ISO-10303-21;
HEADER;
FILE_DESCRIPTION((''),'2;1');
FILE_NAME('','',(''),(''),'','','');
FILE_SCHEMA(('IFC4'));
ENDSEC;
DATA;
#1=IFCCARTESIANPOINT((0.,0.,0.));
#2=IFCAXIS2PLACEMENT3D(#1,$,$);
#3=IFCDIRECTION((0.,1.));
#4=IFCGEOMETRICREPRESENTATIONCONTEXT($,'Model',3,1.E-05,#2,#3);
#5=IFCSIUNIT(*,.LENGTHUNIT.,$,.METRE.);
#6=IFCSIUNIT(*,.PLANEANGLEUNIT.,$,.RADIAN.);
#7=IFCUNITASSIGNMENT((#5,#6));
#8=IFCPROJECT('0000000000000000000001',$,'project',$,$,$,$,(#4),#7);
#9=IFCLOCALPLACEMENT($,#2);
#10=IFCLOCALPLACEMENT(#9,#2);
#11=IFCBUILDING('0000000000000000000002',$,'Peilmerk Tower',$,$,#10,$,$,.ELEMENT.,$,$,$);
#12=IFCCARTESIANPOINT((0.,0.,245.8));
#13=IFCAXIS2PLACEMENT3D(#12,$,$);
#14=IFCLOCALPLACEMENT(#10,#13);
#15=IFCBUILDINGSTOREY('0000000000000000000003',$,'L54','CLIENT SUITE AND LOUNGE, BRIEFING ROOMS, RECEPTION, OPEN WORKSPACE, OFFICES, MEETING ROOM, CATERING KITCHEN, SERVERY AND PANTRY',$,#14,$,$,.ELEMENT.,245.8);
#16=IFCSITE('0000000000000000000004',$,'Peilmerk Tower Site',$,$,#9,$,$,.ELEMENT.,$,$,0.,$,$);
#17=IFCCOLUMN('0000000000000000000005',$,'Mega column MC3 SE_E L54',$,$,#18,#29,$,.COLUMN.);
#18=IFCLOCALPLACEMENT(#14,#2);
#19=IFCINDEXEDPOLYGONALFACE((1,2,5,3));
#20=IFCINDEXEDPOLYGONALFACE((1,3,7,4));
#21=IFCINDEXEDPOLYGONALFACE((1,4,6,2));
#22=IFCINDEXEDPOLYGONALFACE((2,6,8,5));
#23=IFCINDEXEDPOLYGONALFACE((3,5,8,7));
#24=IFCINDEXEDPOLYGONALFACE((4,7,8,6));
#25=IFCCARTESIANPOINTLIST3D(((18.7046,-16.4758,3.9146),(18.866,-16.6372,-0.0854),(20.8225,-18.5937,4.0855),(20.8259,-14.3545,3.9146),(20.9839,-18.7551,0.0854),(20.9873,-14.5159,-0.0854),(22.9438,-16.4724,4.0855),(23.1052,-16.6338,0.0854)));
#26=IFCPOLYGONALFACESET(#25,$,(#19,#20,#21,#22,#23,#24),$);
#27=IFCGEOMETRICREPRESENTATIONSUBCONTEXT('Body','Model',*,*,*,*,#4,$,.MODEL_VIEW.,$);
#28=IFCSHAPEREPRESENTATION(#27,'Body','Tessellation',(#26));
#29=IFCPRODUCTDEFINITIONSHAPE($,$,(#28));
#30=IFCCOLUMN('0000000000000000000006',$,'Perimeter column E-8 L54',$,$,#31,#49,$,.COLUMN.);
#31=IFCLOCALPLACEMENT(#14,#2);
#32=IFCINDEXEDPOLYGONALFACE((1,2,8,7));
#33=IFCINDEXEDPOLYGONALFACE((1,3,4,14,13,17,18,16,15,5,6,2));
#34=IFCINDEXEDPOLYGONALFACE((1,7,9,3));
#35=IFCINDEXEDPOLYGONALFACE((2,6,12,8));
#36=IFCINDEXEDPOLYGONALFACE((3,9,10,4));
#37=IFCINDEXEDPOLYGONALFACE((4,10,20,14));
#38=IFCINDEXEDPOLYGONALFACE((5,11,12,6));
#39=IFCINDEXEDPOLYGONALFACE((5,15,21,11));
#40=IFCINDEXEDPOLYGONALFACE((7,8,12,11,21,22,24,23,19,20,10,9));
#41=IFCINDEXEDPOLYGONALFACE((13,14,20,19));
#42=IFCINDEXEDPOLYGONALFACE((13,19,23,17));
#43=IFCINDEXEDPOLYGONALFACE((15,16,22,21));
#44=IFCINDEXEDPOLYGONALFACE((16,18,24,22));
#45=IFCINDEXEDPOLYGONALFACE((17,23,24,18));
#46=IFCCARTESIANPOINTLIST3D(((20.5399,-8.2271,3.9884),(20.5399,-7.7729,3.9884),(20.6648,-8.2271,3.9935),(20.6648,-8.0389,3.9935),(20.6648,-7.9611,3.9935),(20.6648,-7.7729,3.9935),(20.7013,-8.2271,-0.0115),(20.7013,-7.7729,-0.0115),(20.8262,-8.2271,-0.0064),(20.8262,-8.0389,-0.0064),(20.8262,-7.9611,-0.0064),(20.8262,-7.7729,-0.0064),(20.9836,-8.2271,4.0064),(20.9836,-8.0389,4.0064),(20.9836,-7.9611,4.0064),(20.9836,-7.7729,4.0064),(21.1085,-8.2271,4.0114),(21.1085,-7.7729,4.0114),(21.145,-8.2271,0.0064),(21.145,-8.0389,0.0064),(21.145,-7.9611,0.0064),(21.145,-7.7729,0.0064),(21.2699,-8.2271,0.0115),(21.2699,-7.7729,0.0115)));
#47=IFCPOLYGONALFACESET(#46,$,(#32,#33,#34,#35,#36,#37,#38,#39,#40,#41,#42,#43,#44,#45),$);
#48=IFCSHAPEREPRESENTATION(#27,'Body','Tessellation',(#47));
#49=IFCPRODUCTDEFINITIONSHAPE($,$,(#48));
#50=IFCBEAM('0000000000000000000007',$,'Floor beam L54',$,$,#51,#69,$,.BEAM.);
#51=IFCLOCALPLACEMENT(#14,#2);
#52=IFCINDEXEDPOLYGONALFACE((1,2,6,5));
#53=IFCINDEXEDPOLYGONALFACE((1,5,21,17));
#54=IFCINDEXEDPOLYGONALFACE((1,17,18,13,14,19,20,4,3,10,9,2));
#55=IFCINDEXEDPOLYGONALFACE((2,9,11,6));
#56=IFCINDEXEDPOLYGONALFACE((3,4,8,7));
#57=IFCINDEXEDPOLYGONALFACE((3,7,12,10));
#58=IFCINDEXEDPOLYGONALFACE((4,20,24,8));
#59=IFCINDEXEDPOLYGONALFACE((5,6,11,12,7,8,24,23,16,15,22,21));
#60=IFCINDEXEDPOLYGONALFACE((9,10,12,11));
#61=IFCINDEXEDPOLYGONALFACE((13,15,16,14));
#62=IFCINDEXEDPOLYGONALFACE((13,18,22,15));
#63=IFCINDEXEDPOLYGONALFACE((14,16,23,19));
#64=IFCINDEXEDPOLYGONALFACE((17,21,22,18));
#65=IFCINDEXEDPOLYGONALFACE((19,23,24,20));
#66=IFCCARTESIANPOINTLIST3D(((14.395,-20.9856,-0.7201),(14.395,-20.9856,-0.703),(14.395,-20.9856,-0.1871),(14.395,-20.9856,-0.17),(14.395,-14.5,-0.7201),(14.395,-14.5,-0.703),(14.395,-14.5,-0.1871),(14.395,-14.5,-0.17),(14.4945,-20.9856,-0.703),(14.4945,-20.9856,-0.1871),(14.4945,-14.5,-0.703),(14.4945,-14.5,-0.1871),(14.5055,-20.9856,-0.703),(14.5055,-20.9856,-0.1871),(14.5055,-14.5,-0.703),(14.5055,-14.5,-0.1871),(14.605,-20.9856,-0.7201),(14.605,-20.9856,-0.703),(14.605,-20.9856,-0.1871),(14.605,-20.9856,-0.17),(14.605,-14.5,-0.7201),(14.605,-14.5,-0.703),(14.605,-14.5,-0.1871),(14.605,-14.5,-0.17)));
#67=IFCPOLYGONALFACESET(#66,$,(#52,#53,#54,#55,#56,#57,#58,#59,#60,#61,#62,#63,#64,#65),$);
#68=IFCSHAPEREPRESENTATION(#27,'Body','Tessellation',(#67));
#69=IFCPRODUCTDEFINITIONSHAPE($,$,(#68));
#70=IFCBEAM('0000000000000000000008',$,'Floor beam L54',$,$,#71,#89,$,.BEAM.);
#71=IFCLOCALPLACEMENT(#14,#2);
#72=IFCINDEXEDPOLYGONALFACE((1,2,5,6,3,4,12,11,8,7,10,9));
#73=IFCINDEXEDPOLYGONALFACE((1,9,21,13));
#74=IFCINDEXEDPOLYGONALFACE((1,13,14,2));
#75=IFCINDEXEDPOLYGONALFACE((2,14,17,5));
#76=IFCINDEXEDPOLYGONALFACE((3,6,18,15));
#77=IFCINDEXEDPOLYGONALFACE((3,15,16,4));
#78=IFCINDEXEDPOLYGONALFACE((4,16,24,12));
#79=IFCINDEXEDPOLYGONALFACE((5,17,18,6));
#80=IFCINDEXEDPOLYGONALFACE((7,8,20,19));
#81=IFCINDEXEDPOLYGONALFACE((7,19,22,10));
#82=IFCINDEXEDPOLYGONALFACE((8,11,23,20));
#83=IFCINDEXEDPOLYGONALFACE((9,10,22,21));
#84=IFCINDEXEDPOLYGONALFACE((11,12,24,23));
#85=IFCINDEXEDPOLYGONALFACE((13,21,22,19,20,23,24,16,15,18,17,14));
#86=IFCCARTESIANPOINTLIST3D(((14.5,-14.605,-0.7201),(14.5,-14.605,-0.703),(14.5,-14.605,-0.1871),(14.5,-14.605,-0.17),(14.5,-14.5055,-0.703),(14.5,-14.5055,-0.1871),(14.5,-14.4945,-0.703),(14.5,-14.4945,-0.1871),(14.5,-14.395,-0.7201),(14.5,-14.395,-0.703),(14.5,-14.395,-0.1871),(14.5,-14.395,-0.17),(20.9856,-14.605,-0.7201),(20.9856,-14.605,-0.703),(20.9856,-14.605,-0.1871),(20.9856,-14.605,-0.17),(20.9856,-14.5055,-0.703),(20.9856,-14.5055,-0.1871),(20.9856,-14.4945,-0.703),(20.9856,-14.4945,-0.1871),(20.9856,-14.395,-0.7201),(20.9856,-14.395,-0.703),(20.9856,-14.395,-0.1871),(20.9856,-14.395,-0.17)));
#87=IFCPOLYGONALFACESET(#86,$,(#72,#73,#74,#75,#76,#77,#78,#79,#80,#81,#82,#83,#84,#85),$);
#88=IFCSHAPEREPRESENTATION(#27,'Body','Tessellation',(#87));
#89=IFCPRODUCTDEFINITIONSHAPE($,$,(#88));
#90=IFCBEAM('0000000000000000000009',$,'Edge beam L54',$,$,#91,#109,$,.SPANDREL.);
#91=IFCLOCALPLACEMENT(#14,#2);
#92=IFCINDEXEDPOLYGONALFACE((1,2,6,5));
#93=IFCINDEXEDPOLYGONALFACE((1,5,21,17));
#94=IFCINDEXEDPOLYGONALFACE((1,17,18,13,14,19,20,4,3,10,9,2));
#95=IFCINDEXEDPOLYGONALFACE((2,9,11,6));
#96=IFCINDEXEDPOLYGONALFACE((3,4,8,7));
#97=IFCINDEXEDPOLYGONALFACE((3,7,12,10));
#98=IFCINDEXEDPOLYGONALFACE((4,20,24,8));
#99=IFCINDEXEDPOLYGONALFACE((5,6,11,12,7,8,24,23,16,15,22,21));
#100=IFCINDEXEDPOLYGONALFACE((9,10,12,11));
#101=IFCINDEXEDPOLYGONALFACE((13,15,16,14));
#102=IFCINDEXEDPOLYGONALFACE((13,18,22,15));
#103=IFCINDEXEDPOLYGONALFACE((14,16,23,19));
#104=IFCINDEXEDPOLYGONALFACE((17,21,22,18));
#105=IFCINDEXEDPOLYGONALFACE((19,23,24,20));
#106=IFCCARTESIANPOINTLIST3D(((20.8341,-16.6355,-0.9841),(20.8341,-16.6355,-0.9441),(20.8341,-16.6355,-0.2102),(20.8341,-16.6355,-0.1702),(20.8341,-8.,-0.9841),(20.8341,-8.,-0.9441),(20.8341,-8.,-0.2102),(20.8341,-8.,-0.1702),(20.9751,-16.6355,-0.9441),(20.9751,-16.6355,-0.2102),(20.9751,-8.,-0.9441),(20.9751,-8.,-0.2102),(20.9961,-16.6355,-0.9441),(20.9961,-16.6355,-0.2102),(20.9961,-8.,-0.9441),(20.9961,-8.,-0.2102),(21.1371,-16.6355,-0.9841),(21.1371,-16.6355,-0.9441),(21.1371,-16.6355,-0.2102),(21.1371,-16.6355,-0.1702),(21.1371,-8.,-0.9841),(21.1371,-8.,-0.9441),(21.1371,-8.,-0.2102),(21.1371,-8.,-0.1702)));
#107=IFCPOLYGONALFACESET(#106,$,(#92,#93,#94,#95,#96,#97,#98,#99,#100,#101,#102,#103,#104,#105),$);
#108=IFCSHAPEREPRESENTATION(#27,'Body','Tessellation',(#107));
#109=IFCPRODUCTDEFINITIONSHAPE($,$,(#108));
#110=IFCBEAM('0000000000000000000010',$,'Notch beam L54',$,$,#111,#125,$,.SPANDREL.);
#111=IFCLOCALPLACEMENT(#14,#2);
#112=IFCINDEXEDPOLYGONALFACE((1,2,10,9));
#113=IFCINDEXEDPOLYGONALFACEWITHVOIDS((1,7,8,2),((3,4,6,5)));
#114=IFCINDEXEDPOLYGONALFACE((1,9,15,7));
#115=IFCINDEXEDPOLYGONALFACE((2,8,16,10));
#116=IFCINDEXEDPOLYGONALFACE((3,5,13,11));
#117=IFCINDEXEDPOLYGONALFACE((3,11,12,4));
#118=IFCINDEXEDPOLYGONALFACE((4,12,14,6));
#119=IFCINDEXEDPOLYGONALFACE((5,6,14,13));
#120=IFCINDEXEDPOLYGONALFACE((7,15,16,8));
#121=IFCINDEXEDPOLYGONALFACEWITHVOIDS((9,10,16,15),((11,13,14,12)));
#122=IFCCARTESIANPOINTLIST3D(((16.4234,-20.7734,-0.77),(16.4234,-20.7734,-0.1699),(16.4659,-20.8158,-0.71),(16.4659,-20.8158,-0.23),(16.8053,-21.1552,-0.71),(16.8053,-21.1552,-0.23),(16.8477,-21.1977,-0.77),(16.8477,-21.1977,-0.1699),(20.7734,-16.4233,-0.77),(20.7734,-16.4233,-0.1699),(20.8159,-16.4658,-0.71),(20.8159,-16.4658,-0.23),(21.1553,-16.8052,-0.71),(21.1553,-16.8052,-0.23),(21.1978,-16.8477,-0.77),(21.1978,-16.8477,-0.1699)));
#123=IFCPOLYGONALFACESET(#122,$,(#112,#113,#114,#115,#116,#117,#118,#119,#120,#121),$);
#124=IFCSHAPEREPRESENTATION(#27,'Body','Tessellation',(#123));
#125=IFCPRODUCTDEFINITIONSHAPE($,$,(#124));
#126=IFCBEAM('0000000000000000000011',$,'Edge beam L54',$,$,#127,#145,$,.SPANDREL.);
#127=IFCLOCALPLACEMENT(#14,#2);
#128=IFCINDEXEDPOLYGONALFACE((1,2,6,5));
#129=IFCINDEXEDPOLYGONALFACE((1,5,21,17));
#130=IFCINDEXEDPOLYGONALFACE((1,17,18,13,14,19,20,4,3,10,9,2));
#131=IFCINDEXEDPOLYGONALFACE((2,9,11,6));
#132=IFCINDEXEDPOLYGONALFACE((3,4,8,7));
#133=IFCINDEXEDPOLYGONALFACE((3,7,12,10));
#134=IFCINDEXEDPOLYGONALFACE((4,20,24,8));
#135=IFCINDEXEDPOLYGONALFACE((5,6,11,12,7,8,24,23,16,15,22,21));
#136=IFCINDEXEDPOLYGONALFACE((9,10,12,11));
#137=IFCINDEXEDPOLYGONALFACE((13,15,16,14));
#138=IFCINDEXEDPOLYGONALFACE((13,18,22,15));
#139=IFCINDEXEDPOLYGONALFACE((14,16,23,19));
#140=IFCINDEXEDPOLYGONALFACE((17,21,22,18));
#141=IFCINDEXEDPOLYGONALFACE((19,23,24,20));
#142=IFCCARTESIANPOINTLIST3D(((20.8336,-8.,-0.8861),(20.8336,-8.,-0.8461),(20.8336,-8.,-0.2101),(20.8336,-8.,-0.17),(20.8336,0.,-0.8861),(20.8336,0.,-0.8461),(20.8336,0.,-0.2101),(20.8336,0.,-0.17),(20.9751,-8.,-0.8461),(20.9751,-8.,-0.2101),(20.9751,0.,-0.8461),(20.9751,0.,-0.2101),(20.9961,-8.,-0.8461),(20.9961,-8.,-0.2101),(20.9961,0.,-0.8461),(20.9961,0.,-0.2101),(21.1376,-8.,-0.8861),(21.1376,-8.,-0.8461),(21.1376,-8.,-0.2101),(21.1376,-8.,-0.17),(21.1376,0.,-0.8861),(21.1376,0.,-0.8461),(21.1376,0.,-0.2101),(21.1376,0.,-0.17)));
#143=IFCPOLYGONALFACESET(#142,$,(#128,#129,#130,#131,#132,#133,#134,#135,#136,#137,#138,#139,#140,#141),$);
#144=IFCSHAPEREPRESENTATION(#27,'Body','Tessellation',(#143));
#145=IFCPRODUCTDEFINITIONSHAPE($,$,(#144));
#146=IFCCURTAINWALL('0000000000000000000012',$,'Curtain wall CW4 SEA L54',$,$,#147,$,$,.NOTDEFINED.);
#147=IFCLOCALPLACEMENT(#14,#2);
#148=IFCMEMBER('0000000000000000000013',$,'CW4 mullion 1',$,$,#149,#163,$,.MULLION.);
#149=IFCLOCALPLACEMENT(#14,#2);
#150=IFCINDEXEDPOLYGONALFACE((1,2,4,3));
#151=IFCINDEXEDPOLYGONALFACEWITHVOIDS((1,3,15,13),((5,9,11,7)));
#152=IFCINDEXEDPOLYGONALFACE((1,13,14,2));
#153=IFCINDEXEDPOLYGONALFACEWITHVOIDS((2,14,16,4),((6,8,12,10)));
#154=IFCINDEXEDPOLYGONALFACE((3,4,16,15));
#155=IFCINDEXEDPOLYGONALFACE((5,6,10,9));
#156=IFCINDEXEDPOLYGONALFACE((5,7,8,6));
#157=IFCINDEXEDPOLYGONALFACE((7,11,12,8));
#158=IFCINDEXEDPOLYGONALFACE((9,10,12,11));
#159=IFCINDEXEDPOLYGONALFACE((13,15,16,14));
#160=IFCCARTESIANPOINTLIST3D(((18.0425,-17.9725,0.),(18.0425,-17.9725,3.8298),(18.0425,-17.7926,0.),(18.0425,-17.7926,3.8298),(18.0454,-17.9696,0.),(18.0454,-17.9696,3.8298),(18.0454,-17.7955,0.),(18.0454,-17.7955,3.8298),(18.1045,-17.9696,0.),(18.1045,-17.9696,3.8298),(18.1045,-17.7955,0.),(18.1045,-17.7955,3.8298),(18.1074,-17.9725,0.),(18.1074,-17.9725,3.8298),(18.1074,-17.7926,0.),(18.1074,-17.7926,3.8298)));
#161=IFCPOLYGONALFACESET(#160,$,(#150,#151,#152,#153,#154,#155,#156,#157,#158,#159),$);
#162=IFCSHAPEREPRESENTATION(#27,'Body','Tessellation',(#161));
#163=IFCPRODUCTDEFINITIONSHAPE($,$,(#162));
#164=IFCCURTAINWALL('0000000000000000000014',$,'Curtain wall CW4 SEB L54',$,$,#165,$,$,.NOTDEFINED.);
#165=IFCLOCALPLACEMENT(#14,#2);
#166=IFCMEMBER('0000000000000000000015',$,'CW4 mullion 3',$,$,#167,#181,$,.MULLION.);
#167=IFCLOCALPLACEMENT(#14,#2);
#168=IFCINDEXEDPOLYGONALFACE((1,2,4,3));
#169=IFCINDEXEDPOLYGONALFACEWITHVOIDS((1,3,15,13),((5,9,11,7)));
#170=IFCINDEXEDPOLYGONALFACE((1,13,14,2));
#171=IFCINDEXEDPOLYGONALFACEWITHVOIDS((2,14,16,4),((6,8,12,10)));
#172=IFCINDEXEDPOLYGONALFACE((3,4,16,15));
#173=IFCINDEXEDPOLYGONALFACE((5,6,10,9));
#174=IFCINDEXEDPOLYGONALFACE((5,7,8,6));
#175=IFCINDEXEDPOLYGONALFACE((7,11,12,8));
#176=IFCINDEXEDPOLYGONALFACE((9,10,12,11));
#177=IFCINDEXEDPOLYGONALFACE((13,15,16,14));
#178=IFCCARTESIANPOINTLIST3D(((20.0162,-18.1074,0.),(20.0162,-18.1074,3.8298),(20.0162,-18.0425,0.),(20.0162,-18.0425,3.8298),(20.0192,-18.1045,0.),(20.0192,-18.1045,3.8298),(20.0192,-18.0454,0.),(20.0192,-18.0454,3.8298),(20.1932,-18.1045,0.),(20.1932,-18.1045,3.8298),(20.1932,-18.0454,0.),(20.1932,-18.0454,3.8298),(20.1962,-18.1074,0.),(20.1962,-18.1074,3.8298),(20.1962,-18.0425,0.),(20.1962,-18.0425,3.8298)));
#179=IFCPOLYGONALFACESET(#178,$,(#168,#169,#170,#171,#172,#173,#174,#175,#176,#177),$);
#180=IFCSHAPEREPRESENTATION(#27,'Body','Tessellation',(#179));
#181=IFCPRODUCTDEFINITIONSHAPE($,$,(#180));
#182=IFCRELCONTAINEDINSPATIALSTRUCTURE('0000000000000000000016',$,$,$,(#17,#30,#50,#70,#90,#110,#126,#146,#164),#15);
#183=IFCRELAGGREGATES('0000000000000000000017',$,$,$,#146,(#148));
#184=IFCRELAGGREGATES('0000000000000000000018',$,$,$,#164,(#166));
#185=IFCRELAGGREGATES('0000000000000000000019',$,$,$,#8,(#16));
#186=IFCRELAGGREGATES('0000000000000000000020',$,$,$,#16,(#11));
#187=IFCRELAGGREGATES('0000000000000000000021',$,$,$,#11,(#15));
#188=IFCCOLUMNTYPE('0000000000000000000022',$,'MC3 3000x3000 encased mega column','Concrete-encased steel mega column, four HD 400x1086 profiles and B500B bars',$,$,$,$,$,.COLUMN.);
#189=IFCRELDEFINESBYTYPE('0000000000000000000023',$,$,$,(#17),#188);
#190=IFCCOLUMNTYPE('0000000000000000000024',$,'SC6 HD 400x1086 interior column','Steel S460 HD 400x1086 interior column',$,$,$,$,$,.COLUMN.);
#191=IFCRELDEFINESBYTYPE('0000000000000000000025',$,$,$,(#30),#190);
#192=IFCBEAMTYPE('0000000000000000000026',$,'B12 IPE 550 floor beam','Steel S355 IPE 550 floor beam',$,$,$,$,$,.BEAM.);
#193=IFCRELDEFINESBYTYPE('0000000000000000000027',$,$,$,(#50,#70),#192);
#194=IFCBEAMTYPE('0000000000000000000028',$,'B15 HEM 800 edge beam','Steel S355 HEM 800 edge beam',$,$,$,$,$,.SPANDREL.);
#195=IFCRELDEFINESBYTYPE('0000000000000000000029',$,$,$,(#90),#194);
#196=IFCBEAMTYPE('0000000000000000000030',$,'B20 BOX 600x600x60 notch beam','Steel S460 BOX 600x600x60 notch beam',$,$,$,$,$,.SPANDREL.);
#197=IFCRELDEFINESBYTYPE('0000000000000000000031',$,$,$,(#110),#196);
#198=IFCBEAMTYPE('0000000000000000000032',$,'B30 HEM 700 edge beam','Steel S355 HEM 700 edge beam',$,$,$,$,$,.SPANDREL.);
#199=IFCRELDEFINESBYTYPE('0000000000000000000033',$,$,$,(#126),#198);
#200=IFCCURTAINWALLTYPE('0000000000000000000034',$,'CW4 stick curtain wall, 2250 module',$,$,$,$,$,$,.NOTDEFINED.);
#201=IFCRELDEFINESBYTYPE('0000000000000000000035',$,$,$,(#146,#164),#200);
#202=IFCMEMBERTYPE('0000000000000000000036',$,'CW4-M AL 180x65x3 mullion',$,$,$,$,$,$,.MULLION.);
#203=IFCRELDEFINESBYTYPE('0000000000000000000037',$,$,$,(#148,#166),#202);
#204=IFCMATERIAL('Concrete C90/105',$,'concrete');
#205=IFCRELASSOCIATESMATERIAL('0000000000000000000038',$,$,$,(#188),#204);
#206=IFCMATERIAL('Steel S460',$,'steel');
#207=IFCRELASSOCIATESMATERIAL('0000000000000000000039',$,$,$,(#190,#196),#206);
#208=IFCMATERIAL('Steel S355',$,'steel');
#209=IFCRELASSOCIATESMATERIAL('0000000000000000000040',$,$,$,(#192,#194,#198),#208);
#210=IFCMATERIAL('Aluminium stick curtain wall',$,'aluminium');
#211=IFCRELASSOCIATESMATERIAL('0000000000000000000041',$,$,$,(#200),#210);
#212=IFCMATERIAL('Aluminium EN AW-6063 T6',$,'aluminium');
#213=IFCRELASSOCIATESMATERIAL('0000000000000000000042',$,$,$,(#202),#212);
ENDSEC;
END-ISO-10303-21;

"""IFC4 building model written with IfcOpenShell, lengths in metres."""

from ifc_helpers import new_model, si_unit, direction, frame, origin, origin_2d, place, context, subcontext, project, spatial, rectangle, hollow_rectangle, i_section, extrude, material, material_profile, profile_set, type_object, element, aggregate, save


model = new_model("IFC4")

# Units and contexts
model_context = context("Model", 3, precision=1e-05, world=origin(), true_north=direction((0.0, 1.0)))
body_context = subcontext(model_context, "Body", "Model", "MODEL_VIEW")
ifc_project = project(units=[si_unit("LENGTHUNIT", "METRE"), si_unit("PLANEANGLEUNIT", "RADIAN")], contexts=[model_context])

# Site, building, storey
site_placement = place(None, origin())
site = spatial("IfcSite", under=ifc_project, at=site_placement, Name="Peilmerk Tower Site", CompositionType="ELEMENT", RefElevation=0.0)
building_placement = place(site_placement, origin())
building = spatial("IfcBuilding", under=site, at=building_placement, Name="Peilmerk Tower", CompositionType="ELEMENT")
storey_placement = place(building_placement, frame((0.0, 0.0, 245.8)))
storey = spatial("IfcBuildingStorey", under=building, at=storey_placement, Name="L54", Description="CLIENT SUITE AND LOUNGE, BRIEFING ROOMS, RECEPTION, OPEN WORKSPACE, OFFICES, MEETING ROOM, CATERING KITCHEN, SERVERY AND PANTRY", CompositionType="ELEMENT", Elevation=245.8)

# Columns
ifc_material_1 = material(Name="Concrete C90/105", Category="concrete")
ifc_material_profile_1 = material_profile(ifc_material_1, rectangle(XDim=3.0, YDim=3.0, at=origin_2d()), Name="RC 3000x3000")
ifc_profile_set_1 = profile_set([ifc_material_profile_1], Name="Concrete C90/105")
column_type_1 = type_object("IfcColumnType", Name="MC3 3000x3000 encased mega column", Description="Concrete-encased steel mega column, four HD 400x1086 profiles and B500B bars", PredefinedType="COLUMN", material=ifc_profile_set_1)
column_1_placement = place(storey_placement, frame((20.9856, -16.6355, 0.0), z_axis=(-0.040279, 0.040279, 0.998376), x_axis=(-0.707107, -0.707107, 0.0)))
element("IfcColumn", 1, at=column_1_placement, inside=storey, type_object=column_type_1, Name="Mega column MC3 SE_E L54", PredefinedType="COLUMN", context=body_context, shape_type="SweptSolid", body=[
    extrude(rectangle(XDim=3.0, YDim=3.0, at=origin_2d()), origin(), (0.0, 0.0, 1.0), 4.0066),
])
ifc_material_2 = material(Name="Steel S460", Category="steel")
ifc_material_profile_2 = material_profile(ifc_material_2, i_section(OverallWidth=0.4541, OverallDepth=0.5691, WebThickness=0.0779, FlangeThickness=0.125, at=origin_2d()), Name="HD 400x1086")
ifc_profile_set_2 = profile_set([ifc_material_profile_2], Name="Steel S460")
column_type_2 = type_object("IfcColumnType", Name="SC6 HD 400x1086 interior column", Description="Steel S460 HD 400x1086 interior column", PredefinedType="COLUMN", material=ifc_profile_set_2)
column_2_placement = place(storey_placement, frame((20.9856, -8.0, 0.0), z_axis=(-0.040311, 0.0, 0.999187), x_axis=(0.0, -1.0, 0.0)))
element("IfcColumn", 2, at=column_2_placement, inside=storey, type_object=column_type_2, Name="Perimeter column E-8 L54", PredefinedType="COLUMN", context=body_context, shape_type="SweptSolid", body=[
    extrude(i_section(OverallWidth=0.4541, OverallDepth=0.5691, WebThickness=0.0779, FlangeThickness=0.125, at=origin_2d()), origin(), (0.0, 0.0, 1.0), 4.0032),
])

# Beams
ifc_material_3 = material(Name="Steel S355", Category="steel")
ifc_material_profile_3 = material_profile(ifc_material_3, i_section(OverallWidth=0.21, OverallDepth=0.55, WebThickness=0.011, FlangeThickness=0.0171, at=origin_2d()), Name="IPE 550")
ifc_profile_set_3 = profile_set([ifc_material_profile_3], Name="Steel S355")
beam_type_1 = type_object("IfcBeamType", Name="B12 IPE 550 floor beam", Description="Steel S355 IPE 550 floor beam", PredefinedType="BEAM", material=ifc_profile_set_3)
for number, where, z_axis, x_axis, name in (
    (3, (14.5, -14.5, -0.4451), (0.0, -1.0, 0.0), (1.0, 0.0, 0.0), "Floor beam L54"),
    (4, (14.5, -14.5, -0.4451), (1.0, 0.0, 0.0), (0.0, 1.0, 0.0), "Floor beam L54"),
):
    element("IfcBeam", number, at=place(storey_placement, frame(where, z_axis=z_axis, x_axis=x_axis)), inside=storey, type_object=beam_type_1, Name=name, PredefinedType="BEAM", context=body_context, shape_type="SweptSolid", body=[
        extrude(i_section(OverallWidth=0.21, OverallDepth=0.55, WebThickness=0.011, FlangeThickness=0.0171, at=origin_2d()), origin(), (0.0, 0.0, 1.0), 6.4856),
    ])
ifc_material_profile_4 = material_profile(ifc_material_3, i_section(OverallWidth=0.303, OverallDepth=0.814, WebThickness=0.021, FlangeThickness=0.04, at=origin_2d()), Name="HEM 800")
ifc_profile_set_4 = profile_set([ifc_material_profile_4], Name="Steel S355")
beam_type_2 = type_object("IfcBeamType", Name="B15 HEM 800 edge beam", Description="Steel S355 HEM 800 edge beam", PredefinedType="SPANDREL", material=ifc_profile_set_4)
beam_1_placement = place(storey_placement, frame((20.9856, -16.6355, -0.5771), z_axis=(0.0, 1.0, 0.0), x_axis=(-1.0, 0.0, 0.0)))
element("IfcBeam", 5, at=beam_1_placement, inside=storey, type_object=beam_type_2, Name="Edge beam L54", PredefinedType="SPANDREL", context=body_context, shape_type="SweptSolid", body=[
    extrude(i_section(OverallWidth=0.303, OverallDepth=0.814, WebThickness=0.021, FlangeThickness=0.04, at=origin_2d()), origin(), (0.0, 0.0, 1.0), 8.6355),
])
ifc_material_profile_5 = material_profile(ifc_material_2, hollow_rectangle(XDim=0.6001, YDim=0.6001, WallThickness=0.0601, at=origin_2d()), Name="BOX 600x600x60")
ifc_profile_set_5 = profile_set([ifc_material_profile_5], Name="Steel S460")
beam_type_3 = type_object("IfcBeamType", Name="B20 BOX 600x600x60 notch beam", Description="Steel S460 BOX 600x600x60 notch beam", PredefinedType="SPANDREL", material=ifc_profile_set_5)
beam_2_placement = place(storey_placement, frame((20.9856, -16.6355, -0.47), z_axis=(-0.707107, -0.707107, 0.0), x_axis=(0.707107, -0.707107, 0.0)))
element("IfcBeam", 6, at=beam_2_placement, inside=storey, type_object=beam_type_3, Name="Notch beam L54", PredefinedType="SPANDREL", context=body_context, shape_type="SweptSolid", body=[
    extrude(hollow_rectangle(XDim=0.6001, YDim=0.6001, WallThickness=0.0601, at=origin_2d()), origin(), (0.0, 0.0, 1.0), 6.1519),
])
ifc_material_profile_6 = material_profile(ifc_material_3, i_section(OverallWidth=0.304, OverallDepth=0.7161, WebThickness=0.021, FlangeThickness=0.04, at=origin_2d()), Name="HEM 700")
ifc_profile_set_6 = profile_set([ifc_material_profile_6], Name="Steel S355")
beam_type_4 = type_object("IfcBeamType", Name="B30 HEM 700 edge beam", Description="Steel S355 HEM 700 edge beam", PredefinedType="SPANDREL", material=ifc_profile_set_6)
beam_3_placement = place(storey_placement, frame((20.9856, -8.0, -0.5281), z_axis=(0.0, 1.0, 0.0), x_axis=(-1.0, 0.0, 0.0)))
element("IfcBeam", 7, at=beam_3_placement, inside=storey, type_object=beam_type_4, Name="Edge beam L54", PredefinedType="SPANDREL", context=body_context, shape_type="SweptSolid", body=[
    extrude(i_section(OverallWidth=0.304, OverallDepth=0.7161, WebThickness=0.021, FlangeThickness=0.04, at=origin_2d()), origin(), (0.0, 0.0, 1.0), 8.0),
])

# Curtain walls, members
ifc_material_4 = material(Name="Aluminium stick curtain wall", Category="aluminium")
curtain_wall_type = type_object("IfcCurtainWallType", Name="CW4 stick curtain wall, 2250 module", PredefinedType="NOTDEFINED", material=ifc_material_4)
curtain_wall_1_placement = place(storey_placement, origin())
curtain_wall_1 = element("IfcCurtainWall", 8, at=curtain_wall_1_placement, inside=storey, type_object=curtain_wall_type, Name="Curtain wall CW4 SEA L54", PredefinedType="NOTDEFINED")
ifc_material_5 = material(Name="Aluminium EN AW-6063 T6", Category="aluminium")
ifc_material_profile_7 = material_profile(ifc_material_5, hollow_rectangle(XDim=0.0649, YDim=0.1799, WallThickness=0.0029, at=origin_2d()), Name="AL 180x65x3")
ifc_profile_set_7 = profile_set([ifc_material_profile_7], Name="Aluminium EN AW-6063 T6")
member_type_1 = type_object("IfcMemberType", Name="CW4-M AL 180x65x3 mullion", PredefinedType="MULLION", material=ifc_profile_set_7)
member_1_placement = place(storey_placement, frame((18.075, -17.8826, 0.0), z_axis=(0.0, 0.0, 1.0), x_axis=(1.0, 0.0, 0.0)))
member_1 = element("IfcMember", 9, at=member_1_placement, type_object=member_type_1, Name="CW4 mullion 1", PredefinedType="MULLION", context=body_context, shape_type="SweptSolid", body=[
    extrude(hollow_rectangle(XDim=0.0649, YDim=0.1799, WallThickness=0.0029, at=origin_2d()), origin(), (0.0, 0.0, 1.0), 3.8298),
])
curtain_wall_2_placement = place(storey_placement, origin())
curtain_wall_2 = element("IfcCurtainWall", 10, at=curtain_wall_2_placement, inside=storey, type_object=curtain_wall_type, Name="Curtain wall CW4 SEB L54", PredefinedType="NOTDEFINED")
member_2_placement = place(storey_placement, frame((20.1062, -18.075, 0.0), z_axis=(0.0, 0.0, 1.0), x_axis=(0.0, 1.0, 0.0)))
member_2 = element("IfcMember", 11, at=member_2_placement, type_object=member_type_1, Name="CW4 mullion 3", PredefinedType="MULLION", context=body_context, shape_type="SweptSolid", body=[
    extrude(hollow_rectangle(XDim=0.0649, YDim=0.1799, WallThickness=0.0029, at=origin_2d()), origin(), (0.0, 0.0, 1.0), 3.8298),
])

aggregate(curtain_wall_1, [member_1])

aggregate(curtain_wall_2, [member_2])

save(model, "model.ifc")
